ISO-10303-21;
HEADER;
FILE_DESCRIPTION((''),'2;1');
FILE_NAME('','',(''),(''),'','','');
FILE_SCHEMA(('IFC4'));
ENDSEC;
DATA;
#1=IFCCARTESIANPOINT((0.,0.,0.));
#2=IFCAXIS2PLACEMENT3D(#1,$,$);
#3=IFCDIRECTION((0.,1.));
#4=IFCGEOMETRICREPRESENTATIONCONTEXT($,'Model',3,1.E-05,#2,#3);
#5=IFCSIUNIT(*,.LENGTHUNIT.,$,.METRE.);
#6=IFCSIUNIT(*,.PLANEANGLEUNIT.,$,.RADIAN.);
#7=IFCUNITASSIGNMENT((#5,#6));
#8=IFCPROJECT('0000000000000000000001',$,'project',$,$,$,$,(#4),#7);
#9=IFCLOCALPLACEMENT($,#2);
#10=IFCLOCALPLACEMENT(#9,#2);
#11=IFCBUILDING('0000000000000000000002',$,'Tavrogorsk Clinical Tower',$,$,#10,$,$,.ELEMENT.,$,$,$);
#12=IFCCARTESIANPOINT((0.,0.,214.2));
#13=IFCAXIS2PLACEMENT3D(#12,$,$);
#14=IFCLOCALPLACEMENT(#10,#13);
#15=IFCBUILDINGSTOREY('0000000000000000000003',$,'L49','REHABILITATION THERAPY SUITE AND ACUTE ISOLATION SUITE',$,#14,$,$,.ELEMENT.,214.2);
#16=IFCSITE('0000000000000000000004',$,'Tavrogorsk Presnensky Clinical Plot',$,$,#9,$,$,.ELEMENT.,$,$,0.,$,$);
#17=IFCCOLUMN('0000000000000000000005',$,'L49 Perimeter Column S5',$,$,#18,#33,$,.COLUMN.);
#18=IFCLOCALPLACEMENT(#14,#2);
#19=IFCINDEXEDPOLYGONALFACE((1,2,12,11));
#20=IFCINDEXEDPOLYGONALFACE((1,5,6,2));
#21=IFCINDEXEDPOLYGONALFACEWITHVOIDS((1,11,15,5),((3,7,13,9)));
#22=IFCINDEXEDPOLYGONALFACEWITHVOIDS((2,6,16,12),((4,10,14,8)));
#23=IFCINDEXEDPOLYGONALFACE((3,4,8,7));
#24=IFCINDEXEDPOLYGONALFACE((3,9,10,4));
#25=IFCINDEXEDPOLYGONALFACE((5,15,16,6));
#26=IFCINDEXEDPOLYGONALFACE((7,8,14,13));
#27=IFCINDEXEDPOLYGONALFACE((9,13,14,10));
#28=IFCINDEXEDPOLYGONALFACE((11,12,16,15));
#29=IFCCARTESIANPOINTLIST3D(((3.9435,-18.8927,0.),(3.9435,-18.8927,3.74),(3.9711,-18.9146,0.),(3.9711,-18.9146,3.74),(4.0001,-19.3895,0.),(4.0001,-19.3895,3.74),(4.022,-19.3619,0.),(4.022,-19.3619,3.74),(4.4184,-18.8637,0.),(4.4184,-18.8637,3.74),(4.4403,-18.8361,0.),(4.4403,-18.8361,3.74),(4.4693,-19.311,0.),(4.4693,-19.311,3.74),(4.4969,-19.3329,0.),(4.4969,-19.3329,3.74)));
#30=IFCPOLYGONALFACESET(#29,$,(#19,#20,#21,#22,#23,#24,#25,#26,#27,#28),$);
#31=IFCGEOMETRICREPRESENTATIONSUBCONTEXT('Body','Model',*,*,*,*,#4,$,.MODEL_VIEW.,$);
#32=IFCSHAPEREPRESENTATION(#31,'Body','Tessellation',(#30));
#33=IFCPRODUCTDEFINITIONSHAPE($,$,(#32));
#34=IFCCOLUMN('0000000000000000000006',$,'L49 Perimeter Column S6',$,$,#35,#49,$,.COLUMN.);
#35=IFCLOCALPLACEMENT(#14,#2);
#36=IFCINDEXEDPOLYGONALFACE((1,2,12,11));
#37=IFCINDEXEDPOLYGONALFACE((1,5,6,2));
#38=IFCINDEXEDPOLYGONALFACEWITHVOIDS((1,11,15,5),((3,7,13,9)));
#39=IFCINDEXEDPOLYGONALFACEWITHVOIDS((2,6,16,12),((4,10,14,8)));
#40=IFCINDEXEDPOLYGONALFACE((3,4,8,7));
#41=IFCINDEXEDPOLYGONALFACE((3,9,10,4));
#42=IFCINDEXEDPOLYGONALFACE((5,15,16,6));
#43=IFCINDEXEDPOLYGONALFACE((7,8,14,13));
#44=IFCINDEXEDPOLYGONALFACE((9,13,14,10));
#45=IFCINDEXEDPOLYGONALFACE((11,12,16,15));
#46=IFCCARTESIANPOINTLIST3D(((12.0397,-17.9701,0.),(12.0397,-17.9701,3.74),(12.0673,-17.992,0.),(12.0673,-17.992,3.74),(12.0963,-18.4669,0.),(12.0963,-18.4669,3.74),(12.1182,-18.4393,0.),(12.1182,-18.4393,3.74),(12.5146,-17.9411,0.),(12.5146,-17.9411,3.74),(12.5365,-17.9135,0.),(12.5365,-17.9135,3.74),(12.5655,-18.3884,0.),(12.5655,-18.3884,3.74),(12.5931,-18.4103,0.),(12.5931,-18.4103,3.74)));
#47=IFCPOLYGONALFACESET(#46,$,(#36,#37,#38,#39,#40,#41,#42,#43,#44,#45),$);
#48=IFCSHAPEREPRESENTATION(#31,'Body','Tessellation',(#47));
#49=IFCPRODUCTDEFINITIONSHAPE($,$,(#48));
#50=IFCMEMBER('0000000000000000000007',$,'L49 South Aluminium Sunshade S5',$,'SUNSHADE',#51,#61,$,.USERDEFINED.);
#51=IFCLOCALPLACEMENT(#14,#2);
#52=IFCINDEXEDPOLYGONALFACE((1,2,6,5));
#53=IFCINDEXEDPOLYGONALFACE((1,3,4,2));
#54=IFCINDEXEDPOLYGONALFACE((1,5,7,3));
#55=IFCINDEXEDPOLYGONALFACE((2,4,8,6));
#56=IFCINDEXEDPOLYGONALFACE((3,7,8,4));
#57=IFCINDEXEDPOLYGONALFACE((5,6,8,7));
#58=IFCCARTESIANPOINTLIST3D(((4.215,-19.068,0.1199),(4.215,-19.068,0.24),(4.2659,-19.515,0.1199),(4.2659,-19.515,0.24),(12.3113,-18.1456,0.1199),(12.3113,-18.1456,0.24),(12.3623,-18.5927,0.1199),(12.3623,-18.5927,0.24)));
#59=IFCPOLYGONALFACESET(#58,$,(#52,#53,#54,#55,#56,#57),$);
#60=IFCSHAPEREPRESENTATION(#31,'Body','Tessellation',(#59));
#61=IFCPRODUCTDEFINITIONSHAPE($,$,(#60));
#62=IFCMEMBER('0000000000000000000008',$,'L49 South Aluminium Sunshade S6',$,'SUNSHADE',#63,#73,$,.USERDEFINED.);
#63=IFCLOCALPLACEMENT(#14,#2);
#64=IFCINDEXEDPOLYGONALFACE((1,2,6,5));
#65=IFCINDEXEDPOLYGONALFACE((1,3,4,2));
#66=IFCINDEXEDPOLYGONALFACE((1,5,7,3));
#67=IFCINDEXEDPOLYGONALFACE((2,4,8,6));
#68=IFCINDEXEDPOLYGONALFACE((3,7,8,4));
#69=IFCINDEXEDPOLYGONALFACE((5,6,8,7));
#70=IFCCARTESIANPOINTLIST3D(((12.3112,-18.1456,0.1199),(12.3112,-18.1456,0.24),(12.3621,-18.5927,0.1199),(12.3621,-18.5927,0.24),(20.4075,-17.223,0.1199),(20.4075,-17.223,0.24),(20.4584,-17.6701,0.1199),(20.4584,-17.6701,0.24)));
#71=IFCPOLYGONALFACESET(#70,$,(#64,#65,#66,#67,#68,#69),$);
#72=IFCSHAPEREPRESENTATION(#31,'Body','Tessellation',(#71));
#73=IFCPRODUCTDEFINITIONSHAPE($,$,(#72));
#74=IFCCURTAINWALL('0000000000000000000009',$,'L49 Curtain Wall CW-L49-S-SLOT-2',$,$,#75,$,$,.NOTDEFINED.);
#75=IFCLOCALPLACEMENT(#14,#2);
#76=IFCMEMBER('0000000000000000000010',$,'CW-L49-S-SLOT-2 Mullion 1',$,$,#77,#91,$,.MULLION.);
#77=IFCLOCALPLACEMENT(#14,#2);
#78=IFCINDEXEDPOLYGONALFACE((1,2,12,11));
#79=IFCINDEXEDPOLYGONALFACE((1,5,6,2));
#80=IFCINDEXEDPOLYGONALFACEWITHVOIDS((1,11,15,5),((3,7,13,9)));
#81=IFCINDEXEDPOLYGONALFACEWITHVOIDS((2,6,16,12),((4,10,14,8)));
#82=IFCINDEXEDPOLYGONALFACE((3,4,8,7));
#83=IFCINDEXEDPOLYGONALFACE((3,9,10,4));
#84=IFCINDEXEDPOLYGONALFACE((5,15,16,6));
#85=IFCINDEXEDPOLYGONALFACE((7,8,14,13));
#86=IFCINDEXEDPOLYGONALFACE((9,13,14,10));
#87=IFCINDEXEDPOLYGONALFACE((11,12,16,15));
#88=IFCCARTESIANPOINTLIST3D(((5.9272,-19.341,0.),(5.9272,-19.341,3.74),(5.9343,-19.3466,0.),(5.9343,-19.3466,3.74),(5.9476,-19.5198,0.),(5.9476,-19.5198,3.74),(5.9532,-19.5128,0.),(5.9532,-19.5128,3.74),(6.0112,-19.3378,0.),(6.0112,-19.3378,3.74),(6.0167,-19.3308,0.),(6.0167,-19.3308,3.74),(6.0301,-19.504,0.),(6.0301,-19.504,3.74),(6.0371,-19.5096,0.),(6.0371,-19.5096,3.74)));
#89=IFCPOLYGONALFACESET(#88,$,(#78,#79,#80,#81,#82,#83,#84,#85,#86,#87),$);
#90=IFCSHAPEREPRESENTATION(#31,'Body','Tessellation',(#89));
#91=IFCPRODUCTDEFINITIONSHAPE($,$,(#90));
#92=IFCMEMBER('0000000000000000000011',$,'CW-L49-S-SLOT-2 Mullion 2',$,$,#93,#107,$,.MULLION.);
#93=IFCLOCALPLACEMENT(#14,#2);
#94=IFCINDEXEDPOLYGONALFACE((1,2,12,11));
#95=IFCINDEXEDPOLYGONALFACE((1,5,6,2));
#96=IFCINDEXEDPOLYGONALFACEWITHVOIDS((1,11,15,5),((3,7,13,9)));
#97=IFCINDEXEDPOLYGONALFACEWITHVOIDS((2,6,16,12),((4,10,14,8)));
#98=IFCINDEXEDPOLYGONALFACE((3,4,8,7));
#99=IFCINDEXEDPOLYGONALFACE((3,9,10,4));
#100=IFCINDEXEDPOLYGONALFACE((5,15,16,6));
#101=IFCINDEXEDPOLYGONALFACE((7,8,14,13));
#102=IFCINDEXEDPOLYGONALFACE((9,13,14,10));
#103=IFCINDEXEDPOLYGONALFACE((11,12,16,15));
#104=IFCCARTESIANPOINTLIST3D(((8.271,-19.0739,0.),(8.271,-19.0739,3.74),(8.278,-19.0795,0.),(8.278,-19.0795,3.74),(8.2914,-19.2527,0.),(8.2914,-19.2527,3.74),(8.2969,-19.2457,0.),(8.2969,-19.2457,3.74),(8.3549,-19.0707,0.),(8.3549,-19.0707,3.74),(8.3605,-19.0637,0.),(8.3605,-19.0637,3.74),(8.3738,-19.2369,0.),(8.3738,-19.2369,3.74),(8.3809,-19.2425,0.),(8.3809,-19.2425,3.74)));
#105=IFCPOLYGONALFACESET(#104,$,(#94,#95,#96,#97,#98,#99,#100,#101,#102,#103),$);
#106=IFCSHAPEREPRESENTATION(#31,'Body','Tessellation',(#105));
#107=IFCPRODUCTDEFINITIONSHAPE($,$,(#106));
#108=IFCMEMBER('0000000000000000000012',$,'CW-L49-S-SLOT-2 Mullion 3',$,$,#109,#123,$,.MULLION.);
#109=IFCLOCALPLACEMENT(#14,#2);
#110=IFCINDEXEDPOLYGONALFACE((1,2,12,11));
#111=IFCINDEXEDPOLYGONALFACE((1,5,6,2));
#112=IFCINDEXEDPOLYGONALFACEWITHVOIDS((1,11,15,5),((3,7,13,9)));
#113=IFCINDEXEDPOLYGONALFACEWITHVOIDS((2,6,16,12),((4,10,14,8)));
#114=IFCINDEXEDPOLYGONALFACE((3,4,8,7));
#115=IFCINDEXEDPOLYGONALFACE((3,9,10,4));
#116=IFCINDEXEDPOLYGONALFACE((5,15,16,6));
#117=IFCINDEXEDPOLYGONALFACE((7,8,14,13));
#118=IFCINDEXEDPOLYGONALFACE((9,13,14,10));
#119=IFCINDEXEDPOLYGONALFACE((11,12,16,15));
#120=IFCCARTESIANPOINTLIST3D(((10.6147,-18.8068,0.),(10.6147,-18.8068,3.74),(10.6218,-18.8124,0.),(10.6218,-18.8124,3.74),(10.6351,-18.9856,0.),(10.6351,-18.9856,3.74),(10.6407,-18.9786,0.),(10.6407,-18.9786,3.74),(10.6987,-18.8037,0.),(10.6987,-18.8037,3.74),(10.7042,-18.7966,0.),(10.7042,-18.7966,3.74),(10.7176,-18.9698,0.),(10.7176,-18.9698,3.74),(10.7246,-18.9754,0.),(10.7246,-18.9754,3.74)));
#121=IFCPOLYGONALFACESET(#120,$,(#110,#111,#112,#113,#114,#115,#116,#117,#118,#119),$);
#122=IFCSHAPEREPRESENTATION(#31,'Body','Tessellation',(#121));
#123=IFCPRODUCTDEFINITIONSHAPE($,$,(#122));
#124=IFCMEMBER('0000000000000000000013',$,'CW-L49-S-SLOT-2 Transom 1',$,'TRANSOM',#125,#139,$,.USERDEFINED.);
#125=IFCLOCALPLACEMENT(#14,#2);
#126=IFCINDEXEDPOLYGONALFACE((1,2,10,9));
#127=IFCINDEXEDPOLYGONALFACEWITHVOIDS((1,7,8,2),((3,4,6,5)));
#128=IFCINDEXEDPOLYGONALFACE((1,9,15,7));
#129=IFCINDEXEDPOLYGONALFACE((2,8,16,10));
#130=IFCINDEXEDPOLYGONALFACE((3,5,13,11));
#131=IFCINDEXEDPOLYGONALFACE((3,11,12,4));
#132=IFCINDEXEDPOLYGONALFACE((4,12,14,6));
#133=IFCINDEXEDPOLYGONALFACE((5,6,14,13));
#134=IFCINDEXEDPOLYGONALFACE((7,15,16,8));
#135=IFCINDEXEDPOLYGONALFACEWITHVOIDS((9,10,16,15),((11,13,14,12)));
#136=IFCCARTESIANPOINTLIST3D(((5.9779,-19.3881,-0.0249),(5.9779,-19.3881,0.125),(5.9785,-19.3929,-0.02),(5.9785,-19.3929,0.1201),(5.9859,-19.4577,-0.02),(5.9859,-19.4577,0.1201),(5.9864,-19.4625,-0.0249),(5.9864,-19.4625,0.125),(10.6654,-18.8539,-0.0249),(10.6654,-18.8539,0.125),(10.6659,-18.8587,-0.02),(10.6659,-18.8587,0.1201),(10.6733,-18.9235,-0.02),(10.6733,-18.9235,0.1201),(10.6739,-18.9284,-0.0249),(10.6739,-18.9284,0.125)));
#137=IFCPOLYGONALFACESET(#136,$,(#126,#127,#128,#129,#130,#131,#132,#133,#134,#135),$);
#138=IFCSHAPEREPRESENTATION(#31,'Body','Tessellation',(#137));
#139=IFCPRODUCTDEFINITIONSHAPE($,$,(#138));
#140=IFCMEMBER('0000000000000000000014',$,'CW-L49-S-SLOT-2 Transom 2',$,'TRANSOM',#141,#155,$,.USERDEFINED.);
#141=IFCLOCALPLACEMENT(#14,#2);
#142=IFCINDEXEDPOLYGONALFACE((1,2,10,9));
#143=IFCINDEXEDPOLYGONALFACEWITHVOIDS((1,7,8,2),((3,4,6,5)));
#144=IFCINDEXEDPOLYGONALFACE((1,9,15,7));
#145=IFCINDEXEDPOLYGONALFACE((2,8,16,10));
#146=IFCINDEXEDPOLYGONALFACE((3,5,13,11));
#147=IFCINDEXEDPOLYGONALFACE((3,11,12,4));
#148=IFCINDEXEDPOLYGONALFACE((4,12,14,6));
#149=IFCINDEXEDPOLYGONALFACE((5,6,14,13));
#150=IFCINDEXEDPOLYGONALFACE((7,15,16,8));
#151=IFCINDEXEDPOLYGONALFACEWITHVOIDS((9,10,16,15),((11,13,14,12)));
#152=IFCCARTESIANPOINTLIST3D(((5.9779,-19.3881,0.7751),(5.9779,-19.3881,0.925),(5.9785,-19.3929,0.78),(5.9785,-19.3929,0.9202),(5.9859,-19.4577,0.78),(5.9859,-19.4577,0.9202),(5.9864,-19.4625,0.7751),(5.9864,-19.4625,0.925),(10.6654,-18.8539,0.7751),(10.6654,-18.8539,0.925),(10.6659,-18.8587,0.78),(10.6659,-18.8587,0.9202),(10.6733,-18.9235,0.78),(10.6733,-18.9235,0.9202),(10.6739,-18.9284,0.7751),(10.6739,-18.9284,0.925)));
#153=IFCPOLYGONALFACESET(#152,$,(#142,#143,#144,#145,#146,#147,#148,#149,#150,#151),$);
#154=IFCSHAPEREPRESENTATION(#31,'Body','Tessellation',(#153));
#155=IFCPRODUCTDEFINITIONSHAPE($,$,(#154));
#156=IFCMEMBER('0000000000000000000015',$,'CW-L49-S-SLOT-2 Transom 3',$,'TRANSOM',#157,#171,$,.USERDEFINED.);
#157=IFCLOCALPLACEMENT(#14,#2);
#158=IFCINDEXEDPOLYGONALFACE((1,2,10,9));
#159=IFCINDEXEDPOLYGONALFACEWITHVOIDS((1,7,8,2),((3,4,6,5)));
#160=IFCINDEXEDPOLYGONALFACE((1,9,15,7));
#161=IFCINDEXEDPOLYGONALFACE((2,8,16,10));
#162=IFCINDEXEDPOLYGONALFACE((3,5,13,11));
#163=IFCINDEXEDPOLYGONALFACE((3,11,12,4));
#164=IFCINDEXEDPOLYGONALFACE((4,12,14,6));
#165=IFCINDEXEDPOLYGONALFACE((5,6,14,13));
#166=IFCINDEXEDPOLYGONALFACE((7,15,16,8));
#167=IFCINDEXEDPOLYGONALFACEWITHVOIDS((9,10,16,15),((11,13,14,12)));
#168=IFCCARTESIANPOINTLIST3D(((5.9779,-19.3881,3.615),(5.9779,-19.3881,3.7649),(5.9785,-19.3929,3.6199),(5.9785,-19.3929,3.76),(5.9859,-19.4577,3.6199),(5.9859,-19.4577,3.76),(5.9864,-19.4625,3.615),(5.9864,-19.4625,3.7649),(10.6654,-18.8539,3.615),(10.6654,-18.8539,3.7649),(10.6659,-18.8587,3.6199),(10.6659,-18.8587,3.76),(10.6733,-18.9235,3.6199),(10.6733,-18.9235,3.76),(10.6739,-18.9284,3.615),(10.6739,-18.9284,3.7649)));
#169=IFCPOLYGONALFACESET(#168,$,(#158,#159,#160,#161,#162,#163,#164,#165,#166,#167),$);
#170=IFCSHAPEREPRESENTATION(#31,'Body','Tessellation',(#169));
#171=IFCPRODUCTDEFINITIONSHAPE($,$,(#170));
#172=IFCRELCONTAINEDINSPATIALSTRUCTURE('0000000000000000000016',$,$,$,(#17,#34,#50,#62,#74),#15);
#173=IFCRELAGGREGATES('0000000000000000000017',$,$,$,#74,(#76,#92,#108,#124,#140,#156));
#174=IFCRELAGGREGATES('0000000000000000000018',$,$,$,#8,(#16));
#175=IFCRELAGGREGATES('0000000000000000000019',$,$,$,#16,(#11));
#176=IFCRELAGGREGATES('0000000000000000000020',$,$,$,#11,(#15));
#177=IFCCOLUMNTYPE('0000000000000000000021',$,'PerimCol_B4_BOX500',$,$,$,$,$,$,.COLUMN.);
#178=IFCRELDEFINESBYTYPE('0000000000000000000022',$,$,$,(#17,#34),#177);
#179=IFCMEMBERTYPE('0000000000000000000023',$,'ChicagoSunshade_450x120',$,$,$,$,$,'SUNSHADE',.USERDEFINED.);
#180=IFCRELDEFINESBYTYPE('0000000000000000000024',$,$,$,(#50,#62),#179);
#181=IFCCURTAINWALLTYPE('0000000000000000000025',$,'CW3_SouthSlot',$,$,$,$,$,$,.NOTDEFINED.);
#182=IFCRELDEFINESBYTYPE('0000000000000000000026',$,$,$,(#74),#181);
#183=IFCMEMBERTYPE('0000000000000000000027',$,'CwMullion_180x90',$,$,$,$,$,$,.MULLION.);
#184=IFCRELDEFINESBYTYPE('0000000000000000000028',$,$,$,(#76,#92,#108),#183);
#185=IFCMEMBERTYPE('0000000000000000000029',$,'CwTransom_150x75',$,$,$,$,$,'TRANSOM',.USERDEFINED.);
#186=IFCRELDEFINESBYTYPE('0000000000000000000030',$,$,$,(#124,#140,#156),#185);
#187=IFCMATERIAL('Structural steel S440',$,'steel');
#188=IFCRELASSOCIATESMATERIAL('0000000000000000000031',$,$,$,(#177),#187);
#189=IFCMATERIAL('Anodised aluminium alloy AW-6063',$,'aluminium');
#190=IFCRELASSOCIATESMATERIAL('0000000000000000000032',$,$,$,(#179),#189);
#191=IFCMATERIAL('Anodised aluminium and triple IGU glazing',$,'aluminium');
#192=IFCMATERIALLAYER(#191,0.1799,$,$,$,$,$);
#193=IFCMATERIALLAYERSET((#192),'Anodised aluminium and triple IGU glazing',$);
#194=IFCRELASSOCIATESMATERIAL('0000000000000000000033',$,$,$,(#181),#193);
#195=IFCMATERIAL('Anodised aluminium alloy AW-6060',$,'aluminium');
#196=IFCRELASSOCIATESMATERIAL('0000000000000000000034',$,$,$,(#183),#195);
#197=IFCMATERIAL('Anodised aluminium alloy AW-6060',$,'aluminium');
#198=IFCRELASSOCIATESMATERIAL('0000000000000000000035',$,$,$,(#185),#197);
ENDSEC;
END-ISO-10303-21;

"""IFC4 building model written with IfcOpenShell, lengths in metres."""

from ifc_helpers import new_model, si_unit, direction, frame, origin, origin_2d, place, context, subcontext, project, spatial, rectangle, hollow_rectangle, extrude, material, layer, layer_set, material_profile, profile_set, type_object, element, aggregate, save


model = new_model("IFC4")

# Units and contexts
model_context = context("Model", 3, precision=1e-05, world=origin(), true_north=direction((0.0, 1.0)))
body_context = subcontext(model_context, "Body", "Model", "MODEL_VIEW")
ifc_project = project(units=[si_unit("LENGTHUNIT", "METRE"), si_unit("PLANEANGLEUNIT", "RADIAN")], contexts=[model_context])

# Site, building, storey
site_placement = place(None, origin())
site = spatial("IfcSite", under=ifc_project, at=site_placement, Name="Tavrogorsk Presnensky Clinical Plot", CompositionType="ELEMENT", RefElevation=0.0)
building_placement = place(site_placement, origin())
building = spatial("IfcBuilding", under=site, at=building_placement, Name="Tavrogorsk Clinical Tower", CompositionType="ELEMENT")
storey_placement = place(building_placement, frame((0.0, 0.0, 214.2)))
storey = spatial("IfcBuildingStorey", under=building, at=storey_placement, Name="L49", Description="REHABILITATION THERAPY SUITE AND ACUTE ISOLATION SUITE", CompositionType="ELEMENT", Elevation=214.2)

# Columns
ifc_material_1 = material(Name="Structural steel S440", Category="steel")
ifc_material_profile_1 = material_profile(ifc_material_1, hollow_rectangle(XDim=0.5, YDim=0.5, WallThickness=0.0249, at=origin_2d()), Name="BOX-500x500x25")
ifc_profile_set_1 = profile_set([ifc_material_profile_1], Name="Structural steel S440")
column_type = type_object("IfcColumnType", Name="PerimCol_B4_BOX500", PredefinedType="COLUMN", material=ifc_profile_set_1)
for number, where, z_axis, x_axis, name in (
    (1, (4.2202, -19.1128, 0.0), (0.0, 0.0, 1.0), (0.993572, 0.113203, 0.0), "L49 Perimeter Column S5"),
    (2, (12.3164, -18.1902, 0.0), (0.0, 0.0, 1.0), (0.993572, 0.113203, 0.0), "L49 Perimeter Column S6"),
):
    element("IfcColumn", number, at=place(storey_placement, frame(where, z_axis=z_axis, x_axis=x_axis)), inside=storey, type_object=column_type, Name=name, PredefinedType="COLUMN", context=body_context, shape_type="SweptSolid", body=[
        extrude(hollow_rectangle(XDim=0.5, YDim=0.5, WallThickness=0.0249, at=origin_2d()), origin(), (0.0, 0.0, 1.0), 3.74),
    ])

# Members
ifc_material_2 = material(Name="Anodised aluminium alloy AW-6063", Category="aluminium")
ifc_material_profile_2 = material_profile(ifc_material_2, rectangle(XDim=0.45, YDim=0.1201, at=origin_2d()), Name="ALU-SUNSHADE-450x120")
ifc_profile_set_2 = profile_set([ifc_material_profile_2], Name="Anodised aluminium alloy AW-6063")
member_type_1 = type_object("IfcMemberType", Name="ChicagoSunshade_450x120", ElementType="SUNSHADE", PredefinedType="USERDEFINED", material=ifc_profile_set_2)
for number, where, z_axis, x_axis, name in (
    (3, (4.2405, -19.2915, 0.1799), (0.993573, 0.113193, 0.0), (-0.113193, 0.993573, 0.0), "L49 South Aluminium Sunshade S5"),
    (4, (12.3367, -18.3691, 0.1799), (0.99357, 0.113223, 0.0), (-0.113223, 0.99357, 0.0), "L49 South Aluminium Sunshade S6"),
):
    element("IfcMember", number, at=place(storey_placement, frame(where, z_axis=z_axis, x_axis=x_axis)), inside=storey, type_object=member_type_1, Name=name, ObjectType="SUNSHADE", PredefinedType="USERDEFINED", context=body_context, shape_type="SweptSolid", body=[
        extrude(rectangle(XDim=0.45, YDim=0.1201, at=origin_2d()), origin(), (0.0, 0.0, 1.0), 8.1487),
    ])

# Curtain wall, members
ifc_material_3 = material(Name="Anodised aluminium and triple IGU glazing", Category="aluminium")
ifc_layer_1 = layer(ifc_material_3, 0.1799)
ifc_layer_set_1 = layer_set([ifc_layer_1], Name="Anodised aluminium and triple IGU glazing")
curtain_wall_type = type_object("IfcCurtainWallType", Name="CW3_SouthSlot", PredefinedType="NOTDEFINED", material=ifc_layer_set_1)
curtain_wall_placement = place(storey_placement, origin())
curtain_wall = element("IfcCurtainWall", 5, at=curtain_wall_placement, inside=storey, type_object=curtain_wall_type, Name="L49 Curtain Wall CW-L49-S-SLOT-2", PredefinedType="NOTDEFINED")
ifc_material_4 = material(Name="Anodised aluminium alloy AW-6060", Category="aluminium")
ifc_material_profile_3 = material_profile(ifc_material_4, hollow_rectangle(XDim=0.0901, YDim=0.1799, WallThickness=0.0063, at=origin_2d()), Name="RHS-180x90x6.3")
ifc_profile_set_3 = profile_set([ifc_material_profile_3], Name="Anodised aluminium alloy AW-6060")
member_type_2 = type_object("IfcMemberType", Name="CwMullion_180x90", PredefinedType="MULLION", material=ifc_profile_set_3)
member_1_placement = place(storey_placement, frame((5.9822, -19.4253, 0.0), z_axis=(0.0, 0.0, 1.0), x_axis=(0.993572, 0.113203, 0.0)))
member_1 = element("IfcMember", 6, at=member_1_placement, type_object=member_type_2, Name="CW-L49-S-SLOT-2 Mullion 1", PredefinedType="MULLION", context=body_context, shape_type="SweptSolid", body=[
    extrude(hollow_rectangle(XDim=0.0901, YDim=0.1799, WallThickness=0.0063, at=origin_2d()), origin(), (0.0, 0.0, 1.0), 3.74),
])
member_2_placement = place(storey_placement, frame((8.3259, -19.1582, 0.0), z_axis=(0.0, 0.0, 1.0), x_axis=(0.993572, 0.113203, 0.0)))
member_2 = element("IfcMember", 7, at=member_2_placement, type_object=member_type_2, Name="CW-L49-S-SLOT-2 Mullion 2", PredefinedType="MULLION", context=body_context, shape_type="SweptSolid", body=[
    extrude(hollow_rectangle(XDim=0.0901, YDim=0.1799, WallThickness=0.0063, at=origin_2d()), origin(), (0.0, 0.0, 1.0), 3.74),
])
member_3_placement = place(storey_placement, frame((10.6697, -18.8911, 0.0), z_axis=(0.0, 0.0, 1.0), x_axis=(0.993572, 0.113203, 0.0)))
member_3 = element("IfcMember", 8, at=member_3_placement, type_object=member_type_2, Name="CW-L49-S-SLOT-2 Mullion 3", PredefinedType="MULLION", context=body_context, shape_type="SweptSolid", body=[
    extrude(hollow_rectangle(XDim=0.0901, YDim=0.1799, WallThickness=0.0063, at=origin_2d()), origin(), (0.0, 0.0, 1.0), 3.74),
])
ifc_material_5 = material(Name="Anodised aluminium alloy AW-6060", Category="aluminium")
ifc_material_profile_4 = material_profile(ifc_material_5, hollow_rectangle(XDim=0.075, YDim=0.1499, WallThickness=0.0049, at=origin_2d()), Name="RHS-150x75x5")
ifc_profile_set_4 = profile_set([ifc_material_profile_4], Name="Anodised aluminium alloy AW-6060")
member_type_3 = type_object("IfcMemberType", Name="CwTransom_150x75", ElementType="TRANSOM", PredefinedType="USERDEFINED", material=ifc_profile_set_4)
member_4_placement = place(storey_placement, frame((5.9822, -19.4253, 0.05), z_axis=(0.993569, 0.113226, 0.0), x_axis=(-0.113226, 0.993569, 0.0)))
member_4 = element("IfcMember", 9, at=member_4_placement, type_object=member_type_3, Name="CW-L49-S-SLOT-2 Transom 1", ObjectType="TRANSOM", PredefinedType="USERDEFINED", context=body_context, shape_type="SweptSolid", body=[
    extrude(hollow_rectangle(XDim=0.075, YDim=0.1499, WallThickness=0.0049, at=origin_2d()), origin(), (0.0, 0.0, 1.0), 4.7178),
])
member_5_placement = place(storey_placement, frame((5.9822, -19.4253, 0.8501), z_axis=(0.993569, 0.113226, 0.0), x_axis=(-0.113226, 0.993569, 0.0)))
member_5 = element("IfcMember", 10, at=member_5_placement, type_object=member_type_3, Name="CW-L49-S-SLOT-2 Transom 2", ObjectType="TRANSOM", PredefinedType="USERDEFINED", context=body_context, shape_type="SweptSolid", body=[
    extrude(hollow_rectangle(XDim=0.075, YDim=0.1499, WallThickness=0.0049, at=origin_2d()), origin(), (0.0, 0.0, 1.0), 4.7178),
])
member_6_placement = place(storey_placement, frame((5.9822, -19.4253, 3.6899), z_axis=(0.993569, 0.113226, 0.0), x_axis=(-0.113226, 0.993569, 0.0)))
member_6 = element("IfcMember", 11, at=member_6_placement, type_object=member_type_3, Name="CW-L49-S-SLOT-2 Transom 3", ObjectType="TRANSOM", PredefinedType="USERDEFINED", context=body_context, shape_type="SweptSolid", body=[
    extrude(hollow_rectangle(XDim=0.075, YDim=0.1499, WallThickness=0.0049, at=origin_2d()), origin(), (0.0, 0.0, 1.0), 4.7178),
])

aggregate(curtain_wall, [member_1, member_2, member_3, member_4, member_5, member_6])

save(model, "model.ifc")
